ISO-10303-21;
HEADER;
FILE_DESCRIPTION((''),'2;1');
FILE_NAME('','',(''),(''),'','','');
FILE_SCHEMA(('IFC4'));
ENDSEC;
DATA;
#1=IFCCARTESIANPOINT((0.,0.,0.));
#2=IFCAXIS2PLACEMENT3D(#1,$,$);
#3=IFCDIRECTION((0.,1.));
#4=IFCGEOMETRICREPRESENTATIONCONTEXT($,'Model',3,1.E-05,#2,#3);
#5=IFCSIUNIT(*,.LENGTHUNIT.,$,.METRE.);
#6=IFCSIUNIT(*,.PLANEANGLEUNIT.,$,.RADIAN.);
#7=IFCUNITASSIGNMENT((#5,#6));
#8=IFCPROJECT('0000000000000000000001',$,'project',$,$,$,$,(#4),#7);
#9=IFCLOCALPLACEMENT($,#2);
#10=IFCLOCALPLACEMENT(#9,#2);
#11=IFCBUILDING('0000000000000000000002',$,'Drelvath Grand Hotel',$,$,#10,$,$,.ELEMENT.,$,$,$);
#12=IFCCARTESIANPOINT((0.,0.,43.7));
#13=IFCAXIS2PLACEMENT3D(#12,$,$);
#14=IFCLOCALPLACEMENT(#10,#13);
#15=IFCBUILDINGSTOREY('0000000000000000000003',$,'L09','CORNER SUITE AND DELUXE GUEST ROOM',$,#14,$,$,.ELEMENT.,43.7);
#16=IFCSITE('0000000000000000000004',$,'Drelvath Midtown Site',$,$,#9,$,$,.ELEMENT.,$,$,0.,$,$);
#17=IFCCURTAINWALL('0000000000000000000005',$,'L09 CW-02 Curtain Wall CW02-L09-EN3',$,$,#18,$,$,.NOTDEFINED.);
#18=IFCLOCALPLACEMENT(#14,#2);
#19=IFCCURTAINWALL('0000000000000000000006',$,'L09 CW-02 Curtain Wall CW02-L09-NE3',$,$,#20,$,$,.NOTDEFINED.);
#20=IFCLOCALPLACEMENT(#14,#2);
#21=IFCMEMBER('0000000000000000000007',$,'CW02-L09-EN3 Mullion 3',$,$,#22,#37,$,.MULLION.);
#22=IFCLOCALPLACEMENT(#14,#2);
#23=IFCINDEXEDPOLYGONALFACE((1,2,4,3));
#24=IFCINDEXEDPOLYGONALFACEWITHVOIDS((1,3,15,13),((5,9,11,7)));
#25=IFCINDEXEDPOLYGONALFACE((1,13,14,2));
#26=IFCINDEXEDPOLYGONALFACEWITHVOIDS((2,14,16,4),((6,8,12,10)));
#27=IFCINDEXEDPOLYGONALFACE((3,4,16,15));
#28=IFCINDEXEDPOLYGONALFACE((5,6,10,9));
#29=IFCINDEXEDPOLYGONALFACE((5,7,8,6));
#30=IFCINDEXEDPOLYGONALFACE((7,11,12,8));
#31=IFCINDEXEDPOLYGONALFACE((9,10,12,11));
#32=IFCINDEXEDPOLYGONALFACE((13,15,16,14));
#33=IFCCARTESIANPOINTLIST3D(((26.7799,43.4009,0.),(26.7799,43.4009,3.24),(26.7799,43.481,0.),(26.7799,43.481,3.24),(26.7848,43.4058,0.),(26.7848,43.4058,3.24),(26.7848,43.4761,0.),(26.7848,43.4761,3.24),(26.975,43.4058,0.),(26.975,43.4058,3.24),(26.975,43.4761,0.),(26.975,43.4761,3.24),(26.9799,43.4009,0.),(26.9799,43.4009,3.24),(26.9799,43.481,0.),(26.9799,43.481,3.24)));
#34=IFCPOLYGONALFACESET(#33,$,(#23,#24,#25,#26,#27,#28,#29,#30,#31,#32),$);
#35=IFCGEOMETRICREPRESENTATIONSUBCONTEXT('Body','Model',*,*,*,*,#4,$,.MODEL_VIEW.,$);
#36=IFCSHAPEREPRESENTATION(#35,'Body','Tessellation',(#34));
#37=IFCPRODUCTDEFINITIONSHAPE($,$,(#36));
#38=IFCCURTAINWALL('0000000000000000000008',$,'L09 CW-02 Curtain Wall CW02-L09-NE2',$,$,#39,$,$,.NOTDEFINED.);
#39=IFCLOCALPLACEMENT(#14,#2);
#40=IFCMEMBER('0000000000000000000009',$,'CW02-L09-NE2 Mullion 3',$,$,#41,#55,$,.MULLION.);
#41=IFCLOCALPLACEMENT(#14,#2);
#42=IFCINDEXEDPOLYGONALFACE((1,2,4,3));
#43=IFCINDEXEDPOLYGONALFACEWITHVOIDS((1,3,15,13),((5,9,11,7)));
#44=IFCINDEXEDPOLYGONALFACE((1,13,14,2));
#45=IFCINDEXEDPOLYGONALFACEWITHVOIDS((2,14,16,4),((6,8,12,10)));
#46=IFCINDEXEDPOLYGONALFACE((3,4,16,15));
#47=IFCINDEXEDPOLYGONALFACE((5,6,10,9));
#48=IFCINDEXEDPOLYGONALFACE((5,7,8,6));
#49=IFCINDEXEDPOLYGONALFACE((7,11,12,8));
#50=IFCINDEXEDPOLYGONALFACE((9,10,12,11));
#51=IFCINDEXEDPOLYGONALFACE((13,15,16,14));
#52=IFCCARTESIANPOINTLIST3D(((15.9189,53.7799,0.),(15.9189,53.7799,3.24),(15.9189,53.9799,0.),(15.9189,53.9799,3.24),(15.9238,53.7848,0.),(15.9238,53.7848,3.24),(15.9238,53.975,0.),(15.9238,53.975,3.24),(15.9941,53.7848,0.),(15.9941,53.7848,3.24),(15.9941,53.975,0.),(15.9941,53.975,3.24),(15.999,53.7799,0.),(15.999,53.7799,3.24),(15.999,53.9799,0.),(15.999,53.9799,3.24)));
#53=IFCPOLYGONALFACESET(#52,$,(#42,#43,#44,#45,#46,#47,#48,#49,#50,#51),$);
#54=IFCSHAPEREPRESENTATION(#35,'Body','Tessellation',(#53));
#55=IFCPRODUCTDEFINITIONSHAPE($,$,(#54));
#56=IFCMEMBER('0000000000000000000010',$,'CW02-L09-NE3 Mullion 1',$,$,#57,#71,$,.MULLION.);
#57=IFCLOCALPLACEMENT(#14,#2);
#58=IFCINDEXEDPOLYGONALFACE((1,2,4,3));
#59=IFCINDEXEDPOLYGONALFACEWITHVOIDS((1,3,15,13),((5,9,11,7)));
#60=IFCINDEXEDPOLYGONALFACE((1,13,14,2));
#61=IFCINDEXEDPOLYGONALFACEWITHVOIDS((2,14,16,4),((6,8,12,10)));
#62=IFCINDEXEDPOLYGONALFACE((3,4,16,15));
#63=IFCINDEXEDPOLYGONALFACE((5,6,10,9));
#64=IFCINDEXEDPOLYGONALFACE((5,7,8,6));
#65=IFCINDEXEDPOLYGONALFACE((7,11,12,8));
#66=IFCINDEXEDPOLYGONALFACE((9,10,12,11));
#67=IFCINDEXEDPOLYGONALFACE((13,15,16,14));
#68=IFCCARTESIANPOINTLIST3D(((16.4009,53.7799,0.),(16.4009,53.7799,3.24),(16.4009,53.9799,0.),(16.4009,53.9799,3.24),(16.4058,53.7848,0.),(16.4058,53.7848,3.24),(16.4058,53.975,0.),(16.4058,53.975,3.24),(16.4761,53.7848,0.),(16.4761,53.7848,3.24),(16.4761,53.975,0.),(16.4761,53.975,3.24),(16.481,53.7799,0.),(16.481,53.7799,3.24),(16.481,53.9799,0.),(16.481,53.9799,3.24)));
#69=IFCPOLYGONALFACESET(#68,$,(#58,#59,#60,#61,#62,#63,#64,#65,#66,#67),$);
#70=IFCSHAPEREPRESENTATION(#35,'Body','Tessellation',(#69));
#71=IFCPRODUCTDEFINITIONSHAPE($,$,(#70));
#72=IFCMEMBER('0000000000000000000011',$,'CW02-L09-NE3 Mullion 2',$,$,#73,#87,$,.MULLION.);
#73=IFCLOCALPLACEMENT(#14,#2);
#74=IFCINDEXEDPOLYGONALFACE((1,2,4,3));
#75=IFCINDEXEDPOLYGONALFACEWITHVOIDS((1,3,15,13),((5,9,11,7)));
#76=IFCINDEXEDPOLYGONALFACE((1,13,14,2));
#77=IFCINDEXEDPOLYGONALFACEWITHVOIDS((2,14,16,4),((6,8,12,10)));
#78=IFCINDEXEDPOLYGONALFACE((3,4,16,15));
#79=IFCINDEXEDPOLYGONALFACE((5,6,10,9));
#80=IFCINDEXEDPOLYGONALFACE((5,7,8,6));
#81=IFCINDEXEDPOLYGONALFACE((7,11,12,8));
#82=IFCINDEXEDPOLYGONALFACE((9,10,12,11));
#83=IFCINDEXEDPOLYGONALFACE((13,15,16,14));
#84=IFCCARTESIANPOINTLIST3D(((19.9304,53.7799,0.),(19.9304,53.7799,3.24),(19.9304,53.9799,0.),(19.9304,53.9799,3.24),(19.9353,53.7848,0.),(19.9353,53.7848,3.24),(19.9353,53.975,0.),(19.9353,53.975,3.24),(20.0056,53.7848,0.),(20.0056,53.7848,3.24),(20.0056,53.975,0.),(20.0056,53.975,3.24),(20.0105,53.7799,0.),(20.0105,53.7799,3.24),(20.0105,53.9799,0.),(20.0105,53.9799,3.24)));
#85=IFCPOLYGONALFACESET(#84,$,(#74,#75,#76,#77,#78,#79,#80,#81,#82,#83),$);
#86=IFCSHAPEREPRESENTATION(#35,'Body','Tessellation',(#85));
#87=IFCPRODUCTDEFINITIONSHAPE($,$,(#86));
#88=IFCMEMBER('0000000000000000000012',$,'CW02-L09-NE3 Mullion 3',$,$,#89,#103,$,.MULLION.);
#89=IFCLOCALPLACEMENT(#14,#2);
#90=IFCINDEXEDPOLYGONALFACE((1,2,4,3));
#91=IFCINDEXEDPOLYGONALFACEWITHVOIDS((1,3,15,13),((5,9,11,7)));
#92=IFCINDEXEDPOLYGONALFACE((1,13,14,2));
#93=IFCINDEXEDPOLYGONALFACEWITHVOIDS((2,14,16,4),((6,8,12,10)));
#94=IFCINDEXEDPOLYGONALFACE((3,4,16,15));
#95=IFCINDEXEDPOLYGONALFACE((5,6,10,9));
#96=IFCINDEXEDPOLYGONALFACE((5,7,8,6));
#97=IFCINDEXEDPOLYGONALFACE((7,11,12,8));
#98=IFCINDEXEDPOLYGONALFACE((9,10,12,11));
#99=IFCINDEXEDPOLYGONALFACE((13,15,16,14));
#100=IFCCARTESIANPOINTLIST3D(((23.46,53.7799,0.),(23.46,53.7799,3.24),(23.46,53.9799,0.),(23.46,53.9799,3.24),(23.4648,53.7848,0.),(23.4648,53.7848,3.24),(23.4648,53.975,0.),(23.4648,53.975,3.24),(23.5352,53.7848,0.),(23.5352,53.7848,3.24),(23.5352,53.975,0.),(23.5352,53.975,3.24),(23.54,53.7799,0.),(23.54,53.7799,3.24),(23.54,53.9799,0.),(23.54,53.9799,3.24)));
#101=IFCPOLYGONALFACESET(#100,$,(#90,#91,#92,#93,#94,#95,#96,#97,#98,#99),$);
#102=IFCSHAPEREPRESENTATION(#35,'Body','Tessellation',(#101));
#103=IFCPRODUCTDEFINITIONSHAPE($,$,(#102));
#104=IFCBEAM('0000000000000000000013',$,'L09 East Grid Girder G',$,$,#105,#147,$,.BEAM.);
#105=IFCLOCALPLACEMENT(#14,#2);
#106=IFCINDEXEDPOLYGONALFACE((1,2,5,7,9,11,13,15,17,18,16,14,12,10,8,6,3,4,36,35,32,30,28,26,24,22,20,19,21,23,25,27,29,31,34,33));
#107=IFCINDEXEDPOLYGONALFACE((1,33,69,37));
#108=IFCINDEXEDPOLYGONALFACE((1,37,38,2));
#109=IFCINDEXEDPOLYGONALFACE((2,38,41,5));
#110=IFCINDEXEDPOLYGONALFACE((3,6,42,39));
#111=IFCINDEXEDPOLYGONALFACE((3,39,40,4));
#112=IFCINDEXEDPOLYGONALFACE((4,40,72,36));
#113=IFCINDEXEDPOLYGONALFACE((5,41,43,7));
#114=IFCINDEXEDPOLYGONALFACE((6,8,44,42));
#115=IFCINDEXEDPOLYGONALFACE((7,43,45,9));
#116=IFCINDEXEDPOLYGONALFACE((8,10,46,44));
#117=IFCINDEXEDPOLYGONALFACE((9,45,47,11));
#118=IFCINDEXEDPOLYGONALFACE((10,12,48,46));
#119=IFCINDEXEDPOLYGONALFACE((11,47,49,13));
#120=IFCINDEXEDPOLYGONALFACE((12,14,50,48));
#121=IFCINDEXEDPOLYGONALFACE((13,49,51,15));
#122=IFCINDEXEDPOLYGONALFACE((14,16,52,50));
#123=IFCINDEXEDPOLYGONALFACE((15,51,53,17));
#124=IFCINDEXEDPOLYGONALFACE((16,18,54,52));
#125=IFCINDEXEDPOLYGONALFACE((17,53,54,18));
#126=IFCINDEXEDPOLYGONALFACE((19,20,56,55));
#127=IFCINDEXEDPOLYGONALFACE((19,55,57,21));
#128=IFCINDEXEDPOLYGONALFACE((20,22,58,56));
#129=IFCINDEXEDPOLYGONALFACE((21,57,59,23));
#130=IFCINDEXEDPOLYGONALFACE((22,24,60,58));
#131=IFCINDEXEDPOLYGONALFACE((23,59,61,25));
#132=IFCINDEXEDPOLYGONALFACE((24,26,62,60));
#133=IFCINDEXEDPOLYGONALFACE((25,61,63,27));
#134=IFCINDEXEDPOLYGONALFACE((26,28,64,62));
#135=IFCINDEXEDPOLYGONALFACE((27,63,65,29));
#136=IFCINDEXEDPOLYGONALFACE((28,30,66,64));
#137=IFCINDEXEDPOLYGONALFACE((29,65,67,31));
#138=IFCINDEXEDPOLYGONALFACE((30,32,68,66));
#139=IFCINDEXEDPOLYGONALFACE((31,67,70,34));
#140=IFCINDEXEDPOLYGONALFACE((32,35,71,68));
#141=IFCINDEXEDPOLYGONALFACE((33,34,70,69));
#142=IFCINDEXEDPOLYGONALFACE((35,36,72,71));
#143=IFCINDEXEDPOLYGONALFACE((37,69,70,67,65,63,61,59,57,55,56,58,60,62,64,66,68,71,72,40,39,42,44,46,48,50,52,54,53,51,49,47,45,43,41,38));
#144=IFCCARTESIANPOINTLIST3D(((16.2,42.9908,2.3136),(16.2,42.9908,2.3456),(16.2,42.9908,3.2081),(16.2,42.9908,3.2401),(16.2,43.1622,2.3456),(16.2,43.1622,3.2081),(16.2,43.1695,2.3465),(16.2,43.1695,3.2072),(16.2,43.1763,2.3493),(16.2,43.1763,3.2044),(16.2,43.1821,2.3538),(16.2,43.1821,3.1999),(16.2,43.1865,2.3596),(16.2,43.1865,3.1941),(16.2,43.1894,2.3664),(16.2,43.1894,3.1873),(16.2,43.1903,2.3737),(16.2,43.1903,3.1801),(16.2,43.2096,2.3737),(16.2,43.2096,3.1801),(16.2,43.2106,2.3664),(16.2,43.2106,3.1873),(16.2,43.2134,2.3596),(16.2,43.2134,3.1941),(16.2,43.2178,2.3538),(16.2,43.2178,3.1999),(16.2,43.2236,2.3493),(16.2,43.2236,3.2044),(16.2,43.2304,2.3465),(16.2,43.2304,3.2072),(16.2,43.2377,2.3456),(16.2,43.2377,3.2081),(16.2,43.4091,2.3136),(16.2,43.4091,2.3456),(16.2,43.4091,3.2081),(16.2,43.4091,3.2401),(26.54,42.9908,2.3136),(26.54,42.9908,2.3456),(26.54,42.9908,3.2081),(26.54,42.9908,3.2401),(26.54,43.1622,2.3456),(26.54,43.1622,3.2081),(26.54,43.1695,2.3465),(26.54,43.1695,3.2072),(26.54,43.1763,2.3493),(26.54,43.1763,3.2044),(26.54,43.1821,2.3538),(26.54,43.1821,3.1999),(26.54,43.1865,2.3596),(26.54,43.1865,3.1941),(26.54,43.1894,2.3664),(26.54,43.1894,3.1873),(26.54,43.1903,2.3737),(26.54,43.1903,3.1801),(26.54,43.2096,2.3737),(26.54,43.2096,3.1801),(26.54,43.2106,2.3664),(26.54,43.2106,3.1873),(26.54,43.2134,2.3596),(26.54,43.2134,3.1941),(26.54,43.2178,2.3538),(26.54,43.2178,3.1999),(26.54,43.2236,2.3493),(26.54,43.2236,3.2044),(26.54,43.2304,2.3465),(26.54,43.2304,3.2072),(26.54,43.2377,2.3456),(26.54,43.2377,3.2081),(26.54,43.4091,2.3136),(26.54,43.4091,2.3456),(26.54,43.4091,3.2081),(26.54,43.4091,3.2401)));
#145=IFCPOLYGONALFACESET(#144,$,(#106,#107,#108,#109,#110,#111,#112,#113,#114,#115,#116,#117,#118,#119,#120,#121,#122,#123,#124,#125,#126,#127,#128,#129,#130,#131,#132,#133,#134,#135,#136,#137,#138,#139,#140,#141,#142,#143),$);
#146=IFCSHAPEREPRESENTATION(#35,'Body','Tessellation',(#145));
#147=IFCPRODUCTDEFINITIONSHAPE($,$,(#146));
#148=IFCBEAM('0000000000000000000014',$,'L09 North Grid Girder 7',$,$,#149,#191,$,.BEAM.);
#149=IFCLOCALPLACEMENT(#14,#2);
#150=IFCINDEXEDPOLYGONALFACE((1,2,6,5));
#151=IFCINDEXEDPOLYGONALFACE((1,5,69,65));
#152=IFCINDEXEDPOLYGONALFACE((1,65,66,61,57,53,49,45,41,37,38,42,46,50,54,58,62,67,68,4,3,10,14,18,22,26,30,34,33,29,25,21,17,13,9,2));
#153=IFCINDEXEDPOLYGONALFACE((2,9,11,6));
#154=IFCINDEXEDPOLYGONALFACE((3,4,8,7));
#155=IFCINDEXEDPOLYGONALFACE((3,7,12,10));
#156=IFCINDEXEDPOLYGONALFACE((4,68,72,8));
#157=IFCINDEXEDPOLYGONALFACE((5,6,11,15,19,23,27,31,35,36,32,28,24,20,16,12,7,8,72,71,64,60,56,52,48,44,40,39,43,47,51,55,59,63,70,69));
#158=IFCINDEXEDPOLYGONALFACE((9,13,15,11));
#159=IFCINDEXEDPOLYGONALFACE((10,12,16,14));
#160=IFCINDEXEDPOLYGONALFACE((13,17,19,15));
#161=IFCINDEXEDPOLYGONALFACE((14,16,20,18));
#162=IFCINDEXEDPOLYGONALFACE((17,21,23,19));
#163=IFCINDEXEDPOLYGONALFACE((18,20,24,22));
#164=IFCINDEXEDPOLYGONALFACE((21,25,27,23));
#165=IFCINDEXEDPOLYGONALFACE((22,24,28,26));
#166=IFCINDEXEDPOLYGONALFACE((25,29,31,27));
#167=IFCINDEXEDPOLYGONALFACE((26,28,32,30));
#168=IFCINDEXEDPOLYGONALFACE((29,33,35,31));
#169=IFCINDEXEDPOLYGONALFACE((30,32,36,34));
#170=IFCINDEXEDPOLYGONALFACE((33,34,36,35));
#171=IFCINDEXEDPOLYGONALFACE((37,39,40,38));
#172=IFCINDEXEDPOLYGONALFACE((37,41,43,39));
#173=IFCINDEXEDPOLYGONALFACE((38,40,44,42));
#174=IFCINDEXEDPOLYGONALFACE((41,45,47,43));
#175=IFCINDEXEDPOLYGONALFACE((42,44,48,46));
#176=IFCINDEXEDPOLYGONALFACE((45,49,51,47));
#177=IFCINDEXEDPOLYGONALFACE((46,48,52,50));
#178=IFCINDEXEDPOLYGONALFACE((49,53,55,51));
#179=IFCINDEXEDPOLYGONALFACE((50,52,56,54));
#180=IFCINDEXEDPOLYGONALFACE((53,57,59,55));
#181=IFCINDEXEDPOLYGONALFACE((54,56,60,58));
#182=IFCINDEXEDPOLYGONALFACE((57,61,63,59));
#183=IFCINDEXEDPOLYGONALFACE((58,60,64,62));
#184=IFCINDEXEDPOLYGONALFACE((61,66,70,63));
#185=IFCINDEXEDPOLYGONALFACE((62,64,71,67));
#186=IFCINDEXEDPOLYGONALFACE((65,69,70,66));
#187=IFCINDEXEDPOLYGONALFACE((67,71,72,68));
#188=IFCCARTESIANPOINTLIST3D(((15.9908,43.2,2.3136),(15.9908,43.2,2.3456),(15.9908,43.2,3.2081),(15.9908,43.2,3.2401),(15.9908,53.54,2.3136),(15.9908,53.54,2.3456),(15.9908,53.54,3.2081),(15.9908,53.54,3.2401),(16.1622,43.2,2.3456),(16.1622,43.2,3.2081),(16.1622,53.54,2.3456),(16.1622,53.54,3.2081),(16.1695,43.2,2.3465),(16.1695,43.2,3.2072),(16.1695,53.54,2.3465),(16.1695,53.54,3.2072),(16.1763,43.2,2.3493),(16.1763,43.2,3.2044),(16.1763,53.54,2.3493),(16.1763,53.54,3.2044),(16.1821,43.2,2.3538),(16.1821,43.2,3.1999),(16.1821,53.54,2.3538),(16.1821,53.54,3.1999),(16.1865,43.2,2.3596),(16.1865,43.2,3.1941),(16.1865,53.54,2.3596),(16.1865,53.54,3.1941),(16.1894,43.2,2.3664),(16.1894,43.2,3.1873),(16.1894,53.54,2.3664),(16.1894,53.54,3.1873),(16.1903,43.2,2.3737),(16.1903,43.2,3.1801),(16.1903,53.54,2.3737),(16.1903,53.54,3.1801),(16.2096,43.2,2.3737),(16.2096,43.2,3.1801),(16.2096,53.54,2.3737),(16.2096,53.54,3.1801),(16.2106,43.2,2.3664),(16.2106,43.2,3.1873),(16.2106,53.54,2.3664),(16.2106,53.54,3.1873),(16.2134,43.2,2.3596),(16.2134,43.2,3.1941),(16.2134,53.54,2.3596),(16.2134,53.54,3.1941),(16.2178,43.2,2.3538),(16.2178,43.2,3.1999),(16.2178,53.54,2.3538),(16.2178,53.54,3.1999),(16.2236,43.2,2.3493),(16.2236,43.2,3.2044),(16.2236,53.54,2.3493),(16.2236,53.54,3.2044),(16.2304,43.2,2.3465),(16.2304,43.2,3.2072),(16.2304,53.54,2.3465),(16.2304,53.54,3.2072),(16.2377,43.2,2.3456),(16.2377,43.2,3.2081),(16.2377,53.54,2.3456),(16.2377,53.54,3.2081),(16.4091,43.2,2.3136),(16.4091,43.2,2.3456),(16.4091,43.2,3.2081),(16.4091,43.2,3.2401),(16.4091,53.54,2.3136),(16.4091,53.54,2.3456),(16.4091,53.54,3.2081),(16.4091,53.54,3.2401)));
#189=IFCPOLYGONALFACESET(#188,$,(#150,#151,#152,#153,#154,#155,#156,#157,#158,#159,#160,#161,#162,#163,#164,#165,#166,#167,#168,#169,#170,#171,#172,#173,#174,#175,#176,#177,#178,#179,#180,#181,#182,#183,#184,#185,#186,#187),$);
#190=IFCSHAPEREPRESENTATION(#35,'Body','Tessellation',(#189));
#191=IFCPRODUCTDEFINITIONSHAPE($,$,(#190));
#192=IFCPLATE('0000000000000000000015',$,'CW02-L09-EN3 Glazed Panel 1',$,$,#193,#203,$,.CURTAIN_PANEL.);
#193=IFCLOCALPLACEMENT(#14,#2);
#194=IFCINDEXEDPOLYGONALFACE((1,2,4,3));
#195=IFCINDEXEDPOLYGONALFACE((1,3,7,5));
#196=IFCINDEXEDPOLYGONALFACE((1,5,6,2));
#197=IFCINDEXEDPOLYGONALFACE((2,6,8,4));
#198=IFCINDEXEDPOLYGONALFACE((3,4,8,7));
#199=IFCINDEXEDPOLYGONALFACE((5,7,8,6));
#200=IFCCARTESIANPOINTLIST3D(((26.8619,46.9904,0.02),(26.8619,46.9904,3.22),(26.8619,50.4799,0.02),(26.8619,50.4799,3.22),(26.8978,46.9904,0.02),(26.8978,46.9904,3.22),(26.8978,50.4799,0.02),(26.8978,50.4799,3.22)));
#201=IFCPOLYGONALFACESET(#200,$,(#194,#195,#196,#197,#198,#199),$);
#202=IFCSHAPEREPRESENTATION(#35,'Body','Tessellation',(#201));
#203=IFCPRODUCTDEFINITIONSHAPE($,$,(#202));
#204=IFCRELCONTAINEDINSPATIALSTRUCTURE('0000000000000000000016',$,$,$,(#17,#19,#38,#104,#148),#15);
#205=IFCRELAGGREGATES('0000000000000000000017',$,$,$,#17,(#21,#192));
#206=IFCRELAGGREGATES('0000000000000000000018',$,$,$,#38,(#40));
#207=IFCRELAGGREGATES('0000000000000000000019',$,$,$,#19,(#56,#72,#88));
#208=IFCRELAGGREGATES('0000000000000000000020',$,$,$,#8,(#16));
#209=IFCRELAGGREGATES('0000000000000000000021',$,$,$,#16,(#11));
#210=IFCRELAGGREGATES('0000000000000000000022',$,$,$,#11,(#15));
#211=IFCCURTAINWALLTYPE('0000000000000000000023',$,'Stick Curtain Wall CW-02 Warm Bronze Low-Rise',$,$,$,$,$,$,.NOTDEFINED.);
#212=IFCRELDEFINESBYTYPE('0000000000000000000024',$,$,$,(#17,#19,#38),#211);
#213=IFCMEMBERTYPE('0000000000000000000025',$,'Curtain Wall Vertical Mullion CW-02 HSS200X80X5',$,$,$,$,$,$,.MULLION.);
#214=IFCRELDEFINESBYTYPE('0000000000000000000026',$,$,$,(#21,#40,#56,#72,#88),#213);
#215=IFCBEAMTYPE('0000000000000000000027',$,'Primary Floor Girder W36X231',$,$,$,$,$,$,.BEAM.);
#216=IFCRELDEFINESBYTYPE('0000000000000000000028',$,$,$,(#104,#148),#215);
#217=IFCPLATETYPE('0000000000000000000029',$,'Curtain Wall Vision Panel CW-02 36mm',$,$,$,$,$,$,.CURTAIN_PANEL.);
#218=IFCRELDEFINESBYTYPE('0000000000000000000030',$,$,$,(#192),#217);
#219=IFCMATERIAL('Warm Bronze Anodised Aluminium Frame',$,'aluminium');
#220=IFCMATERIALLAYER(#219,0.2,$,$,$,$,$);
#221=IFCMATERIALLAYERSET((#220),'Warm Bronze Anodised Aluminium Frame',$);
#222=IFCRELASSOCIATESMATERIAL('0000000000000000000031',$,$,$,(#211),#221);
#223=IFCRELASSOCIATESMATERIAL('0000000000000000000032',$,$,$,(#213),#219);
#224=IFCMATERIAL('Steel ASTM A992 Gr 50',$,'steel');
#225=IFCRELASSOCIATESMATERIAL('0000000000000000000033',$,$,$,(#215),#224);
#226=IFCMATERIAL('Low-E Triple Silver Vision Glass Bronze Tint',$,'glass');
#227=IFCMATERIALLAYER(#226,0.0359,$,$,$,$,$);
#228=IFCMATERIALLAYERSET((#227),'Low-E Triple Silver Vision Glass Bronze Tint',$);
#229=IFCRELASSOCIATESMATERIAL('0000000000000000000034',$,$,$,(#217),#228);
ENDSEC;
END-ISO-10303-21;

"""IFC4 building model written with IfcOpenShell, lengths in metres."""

from ifc_helpers import new_model, si_unit, direction, frame, origin, origin_2d, place, context, subcontext, project, spatial, rectangle, hollow_rectangle, i_section, extrude, material, layer, layer_set, material_profile, profile_set, type_object, element, aggregate, save


model = new_model("IFC4")

# Units and contexts
model_context = context("Model", 3, precision=1e-05, world=origin(), true_north=direction((0.0, 1.0)))
body_context = subcontext(model_context, "Body", "Model", "MODEL_VIEW")
ifc_project = project(units=[si_unit("LENGTHUNIT", "METRE"), si_unit("PLANEANGLEUNIT", "RADIAN")], contexts=[model_context])

# Site, building, storey
site_placement = place(None, origin())
site = spatial("IfcSite", under=ifc_project, at=site_placement, Name="Drelvath Midtown Site", CompositionType="ELEMENT", RefElevation=0.0)
building_placement = place(site_placement, origin())
building = spatial("IfcBuilding", under=site, at=building_placement, Name="Drelvath Grand Hotel", CompositionType="ELEMENT")
storey_placement = place(building_placement, frame((0.0, 0.0, 43.7)))
storey = spatial("IfcBuildingStorey", under=building, at=storey_placement, Name="L09", Description="CORNER SUITE AND DELUXE GUEST ROOM", CompositionType="ELEMENT", Elevation=43.7)

# Curtain walls
ifc_material_1 = material(Name="Warm Bronze Anodised Aluminium Frame", Category="aluminium")
ifc_layer_1 = layer(ifc_material_1, 0.2)
ifc_layer_set_1 = layer_set([ifc_layer_1], Name="Warm Bronze Anodised Aluminium Frame")
curtain_wall_type = type_object("IfcCurtainWallType", Name="Stick Curtain Wall CW-02 Warm Bronze Low-Rise", PredefinedType="NOTDEFINED", material=ifc_layer_set_1)
curtain_wall_1_placement = place(storey_placement, origin())
curtain_wall_1 = element("IfcCurtainWall", 1, at=curtain_wall_1_placement, inside=storey, type_object=curtain_wall_type, Name="L09 CW-02 Curtain Wall CW02-L09-EN3", PredefinedType="NOTDEFINED")
curtain_wall_2_placement = place(storey_placement, origin())
curtain_wall_2 = element("IfcCurtainWall", 2, at=curtain_wall_2_placement, inside=storey, type_object=curtain_wall_type, Name="L09 CW-02 Curtain Wall CW02-L09-NE3", PredefinedType="NOTDEFINED")

# Member
ifc_material_profile_1 = material_profile(ifc_material_1, hollow_rectangle(XDim=0.0801, YDim=0.2, WallThickness=0.0049, at=origin_2d()), Name="HSS200X80X5")
ifc_profile_set_1 = profile_set([ifc_material_profile_1], Name="Warm Bronze Anodised Aluminium Frame")
member_type_1 = type_object("IfcMemberType", Name="Curtain Wall Vertical Mullion CW-02 HSS200X80X5", PredefinedType="MULLION", material=ifc_profile_set_1)
member_1_placement = place(storey_placement, frame((26.8799, 43.4409, 0.0), z_axis=(0.0, 0.0, 1.0), x_axis=(0.0, 1.0, 0.0)))
member_1 = element("IfcMember", 3, at=member_1_placement, type_object=member_type_1, Name="CW02-L09-EN3 Mullion 3", PredefinedType="MULLION", context=body_context, shape_type="SweptSolid", body=[
    extrude(hollow_rectangle(XDim=0.0801, YDim=0.2, WallThickness=0.0049, at=origin_2d()), origin(), (0.0, 0.0, 1.0), 3.24),
])

# Curtain wall, member
curtain_wall_3_placement = place(storey_placement, origin())
curtain_wall_3 = element("IfcCurtainWall", 4, at=curtain_wall_3_placement, inside=storey, type_object=curtain_wall_type, Name="L09 CW-02 Curtain Wall CW02-L09-NE2", PredefinedType="NOTDEFINED")
member_2_placement = place(storey_placement, frame((15.959, 53.8799, 0.0), z_axis=(0.0, 0.0, 1.0), x_axis=(1.0, 0.0, 0.0)))
member_2 = element("IfcMember", 5, at=member_2_placement, type_object=member_type_1, Name="CW02-L09-NE2 Mullion 3", PredefinedType="MULLION", context=body_context, shape_type="SweptSolid", body=[
    extrude(hollow_rectangle(XDim=0.0801, YDim=0.2, WallThickness=0.0049, at=origin_2d()), origin(), (0.0, 0.0, 1.0), 3.24),
])

# Members
member_3_placement = place(storey_placement, frame((16.4409, 53.8799, 0.0), z_axis=(0.0, 0.0, 1.0), x_axis=(1.0, 0.0, 0.0)))
member_3 = element("IfcMember", 6, at=member_3_placement, type_object=member_type_1, Name="CW02-L09-NE3 Mullion 1", PredefinedType="MULLION", context=body_context, shape_type="SweptSolid", body=[
    extrude(hollow_rectangle(XDim=0.0801, YDim=0.2, WallThickness=0.0049, at=origin_2d()), origin(), (0.0, 0.0, 1.0), 3.24),
])
member_4_placement = place(storey_placement, frame((19.9705, 53.8799, 0.0), z_axis=(0.0, 0.0, 1.0), x_axis=(1.0, 0.0, 0.0)))
member_4 = element("IfcMember", 7, at=member_4_placement, type_object=member_type_1, Name="CW02-L09-NE3 Mullion 2", PredefinedType="MULLION", context=body_context, shape_type="SweptSolid", body=[
    extrude(hollow_rectangle(XDim=0.0801, YDim=0.2, WallThickness=0.0049, at=origin_2d()), origin(), (0.0, 0.0, 1.0), 3.24),
])
member_5_placement = place(storey_placement, frame((23.5, 53.8799, 0.0), z_axis=(0.0, 0.0, 1.0), x_axis=(1.0, 0.0, 0.0)))
member_5 = element("IfcMember", 8, at=member_5_placement, type_object=member_type_1, Name="CW02-L09-NE3 Mullion 3", PredefinedType="MULLION", context=body_context, shape_type="SweptSolid", body=[
    extrude(hollow_rectangle(XDim=0.0801, YDim=0.2, WallThickness=0.0049, at=origin_2d()), origin(), (0.0, 0.0, 1.0), 3.24),
])

# Beams
ifc_material_2 = material(Name="Steel ASTM A992 Gr 50", Category="steel")
ifc_material_profile_2 = material_profile(ifc_material_2, i_section(OverallWidth=0.4182, OverallDepth=0.9265, WebThickness=0.0193, FlangeThickness=0.032, FilletRadius=0.0281, at=origin_2d()), Name="W36X231")
ifc_profile_set_2 = profile_set([ifc_material_profile_2], Name="Steel ASTM A992 Gr 50")
beam_type = type_object("IfcBeamType", Name="Primary Floor Girder W36X231", PredefinedType="BEAM", material=ifc_profile_set_2)
for number, where, z_axis, x_axis, name in (
    (9, (16.2, 43.2, 2.7769), (1.0, 0.0, 0.0), (0.0, 1.0, 0.0), "L09 East Grid Girder G"),
    (10, (16.2, 43.2, 2.7769), (0.0, 1.0, 0.0), (-1.0, 0.0, 0.0), "L09 North Grid Girder 7"),
):
    element("IfcBeam", number, at=place(storey_placement, frame(where, z_axis=z_axis, x_axis=x_axis)), inside=storey, type_object=beam_type, Name=name, PredefinedType="BEAM", context=body_context, shape_type="SweptSolid", body=[
        extrude(i_section(OverallWidth=0.4182, OverallDepth=0.9265, WebThickness=0.0193, FlangeThickness=0.032, FilletRadius=0.0281, at=origin_2d()), origin(), (0.0, 0.0, 1.0), 10.3401),
    ])

# Plate
ifc_material_3 = material(Name="Low-E Triple Silver Vision Glass Bronze Tint", Category="glass")
ifc_layer_2 = layer(ifc_material_3, 0.0359)
ifc_layer_set_2 = layer_set([ifc_layer_2], Name="Low-E Triple Silver Vision Glass Bronze Tint")
plate_type = type_object("IfcPlateType", Name="Curtain Wall Vision Panel CW-02 36mm", PredefinedType="CURTAIN_PANEL", material=ifc_layer_set_2)
plate_1_placement = place(storey_placement, frame((26.8799, 48.7351, 0.02), z_axis=(0.0, 0.0, 1.0), x_axis=(0.0, -1.0, 0.0)))
plate_1 = element("IfcPlate", 11, at=plate_1_placement, type_object=plate_type, Name="CW02-L09-EN3 Glazed Panel 1", PredefinedType="CURTAIN_PANEL", context=body_context, shape_type="SweptSolid", body=[
    extrude(rectangle(XDim=3.4895, YDim=0.0359, at=origin_2d()), origin(), (0.0, 0.0, 1.0), 3.2),
])
aggregate(curtain_wall_1, [member_1, plate_1])
aggregate(curtain_wall_3, [member_2])
aggregate(curtain_wall_2, [member_3, member_4, member_5])

save(model, "model.ifc")
